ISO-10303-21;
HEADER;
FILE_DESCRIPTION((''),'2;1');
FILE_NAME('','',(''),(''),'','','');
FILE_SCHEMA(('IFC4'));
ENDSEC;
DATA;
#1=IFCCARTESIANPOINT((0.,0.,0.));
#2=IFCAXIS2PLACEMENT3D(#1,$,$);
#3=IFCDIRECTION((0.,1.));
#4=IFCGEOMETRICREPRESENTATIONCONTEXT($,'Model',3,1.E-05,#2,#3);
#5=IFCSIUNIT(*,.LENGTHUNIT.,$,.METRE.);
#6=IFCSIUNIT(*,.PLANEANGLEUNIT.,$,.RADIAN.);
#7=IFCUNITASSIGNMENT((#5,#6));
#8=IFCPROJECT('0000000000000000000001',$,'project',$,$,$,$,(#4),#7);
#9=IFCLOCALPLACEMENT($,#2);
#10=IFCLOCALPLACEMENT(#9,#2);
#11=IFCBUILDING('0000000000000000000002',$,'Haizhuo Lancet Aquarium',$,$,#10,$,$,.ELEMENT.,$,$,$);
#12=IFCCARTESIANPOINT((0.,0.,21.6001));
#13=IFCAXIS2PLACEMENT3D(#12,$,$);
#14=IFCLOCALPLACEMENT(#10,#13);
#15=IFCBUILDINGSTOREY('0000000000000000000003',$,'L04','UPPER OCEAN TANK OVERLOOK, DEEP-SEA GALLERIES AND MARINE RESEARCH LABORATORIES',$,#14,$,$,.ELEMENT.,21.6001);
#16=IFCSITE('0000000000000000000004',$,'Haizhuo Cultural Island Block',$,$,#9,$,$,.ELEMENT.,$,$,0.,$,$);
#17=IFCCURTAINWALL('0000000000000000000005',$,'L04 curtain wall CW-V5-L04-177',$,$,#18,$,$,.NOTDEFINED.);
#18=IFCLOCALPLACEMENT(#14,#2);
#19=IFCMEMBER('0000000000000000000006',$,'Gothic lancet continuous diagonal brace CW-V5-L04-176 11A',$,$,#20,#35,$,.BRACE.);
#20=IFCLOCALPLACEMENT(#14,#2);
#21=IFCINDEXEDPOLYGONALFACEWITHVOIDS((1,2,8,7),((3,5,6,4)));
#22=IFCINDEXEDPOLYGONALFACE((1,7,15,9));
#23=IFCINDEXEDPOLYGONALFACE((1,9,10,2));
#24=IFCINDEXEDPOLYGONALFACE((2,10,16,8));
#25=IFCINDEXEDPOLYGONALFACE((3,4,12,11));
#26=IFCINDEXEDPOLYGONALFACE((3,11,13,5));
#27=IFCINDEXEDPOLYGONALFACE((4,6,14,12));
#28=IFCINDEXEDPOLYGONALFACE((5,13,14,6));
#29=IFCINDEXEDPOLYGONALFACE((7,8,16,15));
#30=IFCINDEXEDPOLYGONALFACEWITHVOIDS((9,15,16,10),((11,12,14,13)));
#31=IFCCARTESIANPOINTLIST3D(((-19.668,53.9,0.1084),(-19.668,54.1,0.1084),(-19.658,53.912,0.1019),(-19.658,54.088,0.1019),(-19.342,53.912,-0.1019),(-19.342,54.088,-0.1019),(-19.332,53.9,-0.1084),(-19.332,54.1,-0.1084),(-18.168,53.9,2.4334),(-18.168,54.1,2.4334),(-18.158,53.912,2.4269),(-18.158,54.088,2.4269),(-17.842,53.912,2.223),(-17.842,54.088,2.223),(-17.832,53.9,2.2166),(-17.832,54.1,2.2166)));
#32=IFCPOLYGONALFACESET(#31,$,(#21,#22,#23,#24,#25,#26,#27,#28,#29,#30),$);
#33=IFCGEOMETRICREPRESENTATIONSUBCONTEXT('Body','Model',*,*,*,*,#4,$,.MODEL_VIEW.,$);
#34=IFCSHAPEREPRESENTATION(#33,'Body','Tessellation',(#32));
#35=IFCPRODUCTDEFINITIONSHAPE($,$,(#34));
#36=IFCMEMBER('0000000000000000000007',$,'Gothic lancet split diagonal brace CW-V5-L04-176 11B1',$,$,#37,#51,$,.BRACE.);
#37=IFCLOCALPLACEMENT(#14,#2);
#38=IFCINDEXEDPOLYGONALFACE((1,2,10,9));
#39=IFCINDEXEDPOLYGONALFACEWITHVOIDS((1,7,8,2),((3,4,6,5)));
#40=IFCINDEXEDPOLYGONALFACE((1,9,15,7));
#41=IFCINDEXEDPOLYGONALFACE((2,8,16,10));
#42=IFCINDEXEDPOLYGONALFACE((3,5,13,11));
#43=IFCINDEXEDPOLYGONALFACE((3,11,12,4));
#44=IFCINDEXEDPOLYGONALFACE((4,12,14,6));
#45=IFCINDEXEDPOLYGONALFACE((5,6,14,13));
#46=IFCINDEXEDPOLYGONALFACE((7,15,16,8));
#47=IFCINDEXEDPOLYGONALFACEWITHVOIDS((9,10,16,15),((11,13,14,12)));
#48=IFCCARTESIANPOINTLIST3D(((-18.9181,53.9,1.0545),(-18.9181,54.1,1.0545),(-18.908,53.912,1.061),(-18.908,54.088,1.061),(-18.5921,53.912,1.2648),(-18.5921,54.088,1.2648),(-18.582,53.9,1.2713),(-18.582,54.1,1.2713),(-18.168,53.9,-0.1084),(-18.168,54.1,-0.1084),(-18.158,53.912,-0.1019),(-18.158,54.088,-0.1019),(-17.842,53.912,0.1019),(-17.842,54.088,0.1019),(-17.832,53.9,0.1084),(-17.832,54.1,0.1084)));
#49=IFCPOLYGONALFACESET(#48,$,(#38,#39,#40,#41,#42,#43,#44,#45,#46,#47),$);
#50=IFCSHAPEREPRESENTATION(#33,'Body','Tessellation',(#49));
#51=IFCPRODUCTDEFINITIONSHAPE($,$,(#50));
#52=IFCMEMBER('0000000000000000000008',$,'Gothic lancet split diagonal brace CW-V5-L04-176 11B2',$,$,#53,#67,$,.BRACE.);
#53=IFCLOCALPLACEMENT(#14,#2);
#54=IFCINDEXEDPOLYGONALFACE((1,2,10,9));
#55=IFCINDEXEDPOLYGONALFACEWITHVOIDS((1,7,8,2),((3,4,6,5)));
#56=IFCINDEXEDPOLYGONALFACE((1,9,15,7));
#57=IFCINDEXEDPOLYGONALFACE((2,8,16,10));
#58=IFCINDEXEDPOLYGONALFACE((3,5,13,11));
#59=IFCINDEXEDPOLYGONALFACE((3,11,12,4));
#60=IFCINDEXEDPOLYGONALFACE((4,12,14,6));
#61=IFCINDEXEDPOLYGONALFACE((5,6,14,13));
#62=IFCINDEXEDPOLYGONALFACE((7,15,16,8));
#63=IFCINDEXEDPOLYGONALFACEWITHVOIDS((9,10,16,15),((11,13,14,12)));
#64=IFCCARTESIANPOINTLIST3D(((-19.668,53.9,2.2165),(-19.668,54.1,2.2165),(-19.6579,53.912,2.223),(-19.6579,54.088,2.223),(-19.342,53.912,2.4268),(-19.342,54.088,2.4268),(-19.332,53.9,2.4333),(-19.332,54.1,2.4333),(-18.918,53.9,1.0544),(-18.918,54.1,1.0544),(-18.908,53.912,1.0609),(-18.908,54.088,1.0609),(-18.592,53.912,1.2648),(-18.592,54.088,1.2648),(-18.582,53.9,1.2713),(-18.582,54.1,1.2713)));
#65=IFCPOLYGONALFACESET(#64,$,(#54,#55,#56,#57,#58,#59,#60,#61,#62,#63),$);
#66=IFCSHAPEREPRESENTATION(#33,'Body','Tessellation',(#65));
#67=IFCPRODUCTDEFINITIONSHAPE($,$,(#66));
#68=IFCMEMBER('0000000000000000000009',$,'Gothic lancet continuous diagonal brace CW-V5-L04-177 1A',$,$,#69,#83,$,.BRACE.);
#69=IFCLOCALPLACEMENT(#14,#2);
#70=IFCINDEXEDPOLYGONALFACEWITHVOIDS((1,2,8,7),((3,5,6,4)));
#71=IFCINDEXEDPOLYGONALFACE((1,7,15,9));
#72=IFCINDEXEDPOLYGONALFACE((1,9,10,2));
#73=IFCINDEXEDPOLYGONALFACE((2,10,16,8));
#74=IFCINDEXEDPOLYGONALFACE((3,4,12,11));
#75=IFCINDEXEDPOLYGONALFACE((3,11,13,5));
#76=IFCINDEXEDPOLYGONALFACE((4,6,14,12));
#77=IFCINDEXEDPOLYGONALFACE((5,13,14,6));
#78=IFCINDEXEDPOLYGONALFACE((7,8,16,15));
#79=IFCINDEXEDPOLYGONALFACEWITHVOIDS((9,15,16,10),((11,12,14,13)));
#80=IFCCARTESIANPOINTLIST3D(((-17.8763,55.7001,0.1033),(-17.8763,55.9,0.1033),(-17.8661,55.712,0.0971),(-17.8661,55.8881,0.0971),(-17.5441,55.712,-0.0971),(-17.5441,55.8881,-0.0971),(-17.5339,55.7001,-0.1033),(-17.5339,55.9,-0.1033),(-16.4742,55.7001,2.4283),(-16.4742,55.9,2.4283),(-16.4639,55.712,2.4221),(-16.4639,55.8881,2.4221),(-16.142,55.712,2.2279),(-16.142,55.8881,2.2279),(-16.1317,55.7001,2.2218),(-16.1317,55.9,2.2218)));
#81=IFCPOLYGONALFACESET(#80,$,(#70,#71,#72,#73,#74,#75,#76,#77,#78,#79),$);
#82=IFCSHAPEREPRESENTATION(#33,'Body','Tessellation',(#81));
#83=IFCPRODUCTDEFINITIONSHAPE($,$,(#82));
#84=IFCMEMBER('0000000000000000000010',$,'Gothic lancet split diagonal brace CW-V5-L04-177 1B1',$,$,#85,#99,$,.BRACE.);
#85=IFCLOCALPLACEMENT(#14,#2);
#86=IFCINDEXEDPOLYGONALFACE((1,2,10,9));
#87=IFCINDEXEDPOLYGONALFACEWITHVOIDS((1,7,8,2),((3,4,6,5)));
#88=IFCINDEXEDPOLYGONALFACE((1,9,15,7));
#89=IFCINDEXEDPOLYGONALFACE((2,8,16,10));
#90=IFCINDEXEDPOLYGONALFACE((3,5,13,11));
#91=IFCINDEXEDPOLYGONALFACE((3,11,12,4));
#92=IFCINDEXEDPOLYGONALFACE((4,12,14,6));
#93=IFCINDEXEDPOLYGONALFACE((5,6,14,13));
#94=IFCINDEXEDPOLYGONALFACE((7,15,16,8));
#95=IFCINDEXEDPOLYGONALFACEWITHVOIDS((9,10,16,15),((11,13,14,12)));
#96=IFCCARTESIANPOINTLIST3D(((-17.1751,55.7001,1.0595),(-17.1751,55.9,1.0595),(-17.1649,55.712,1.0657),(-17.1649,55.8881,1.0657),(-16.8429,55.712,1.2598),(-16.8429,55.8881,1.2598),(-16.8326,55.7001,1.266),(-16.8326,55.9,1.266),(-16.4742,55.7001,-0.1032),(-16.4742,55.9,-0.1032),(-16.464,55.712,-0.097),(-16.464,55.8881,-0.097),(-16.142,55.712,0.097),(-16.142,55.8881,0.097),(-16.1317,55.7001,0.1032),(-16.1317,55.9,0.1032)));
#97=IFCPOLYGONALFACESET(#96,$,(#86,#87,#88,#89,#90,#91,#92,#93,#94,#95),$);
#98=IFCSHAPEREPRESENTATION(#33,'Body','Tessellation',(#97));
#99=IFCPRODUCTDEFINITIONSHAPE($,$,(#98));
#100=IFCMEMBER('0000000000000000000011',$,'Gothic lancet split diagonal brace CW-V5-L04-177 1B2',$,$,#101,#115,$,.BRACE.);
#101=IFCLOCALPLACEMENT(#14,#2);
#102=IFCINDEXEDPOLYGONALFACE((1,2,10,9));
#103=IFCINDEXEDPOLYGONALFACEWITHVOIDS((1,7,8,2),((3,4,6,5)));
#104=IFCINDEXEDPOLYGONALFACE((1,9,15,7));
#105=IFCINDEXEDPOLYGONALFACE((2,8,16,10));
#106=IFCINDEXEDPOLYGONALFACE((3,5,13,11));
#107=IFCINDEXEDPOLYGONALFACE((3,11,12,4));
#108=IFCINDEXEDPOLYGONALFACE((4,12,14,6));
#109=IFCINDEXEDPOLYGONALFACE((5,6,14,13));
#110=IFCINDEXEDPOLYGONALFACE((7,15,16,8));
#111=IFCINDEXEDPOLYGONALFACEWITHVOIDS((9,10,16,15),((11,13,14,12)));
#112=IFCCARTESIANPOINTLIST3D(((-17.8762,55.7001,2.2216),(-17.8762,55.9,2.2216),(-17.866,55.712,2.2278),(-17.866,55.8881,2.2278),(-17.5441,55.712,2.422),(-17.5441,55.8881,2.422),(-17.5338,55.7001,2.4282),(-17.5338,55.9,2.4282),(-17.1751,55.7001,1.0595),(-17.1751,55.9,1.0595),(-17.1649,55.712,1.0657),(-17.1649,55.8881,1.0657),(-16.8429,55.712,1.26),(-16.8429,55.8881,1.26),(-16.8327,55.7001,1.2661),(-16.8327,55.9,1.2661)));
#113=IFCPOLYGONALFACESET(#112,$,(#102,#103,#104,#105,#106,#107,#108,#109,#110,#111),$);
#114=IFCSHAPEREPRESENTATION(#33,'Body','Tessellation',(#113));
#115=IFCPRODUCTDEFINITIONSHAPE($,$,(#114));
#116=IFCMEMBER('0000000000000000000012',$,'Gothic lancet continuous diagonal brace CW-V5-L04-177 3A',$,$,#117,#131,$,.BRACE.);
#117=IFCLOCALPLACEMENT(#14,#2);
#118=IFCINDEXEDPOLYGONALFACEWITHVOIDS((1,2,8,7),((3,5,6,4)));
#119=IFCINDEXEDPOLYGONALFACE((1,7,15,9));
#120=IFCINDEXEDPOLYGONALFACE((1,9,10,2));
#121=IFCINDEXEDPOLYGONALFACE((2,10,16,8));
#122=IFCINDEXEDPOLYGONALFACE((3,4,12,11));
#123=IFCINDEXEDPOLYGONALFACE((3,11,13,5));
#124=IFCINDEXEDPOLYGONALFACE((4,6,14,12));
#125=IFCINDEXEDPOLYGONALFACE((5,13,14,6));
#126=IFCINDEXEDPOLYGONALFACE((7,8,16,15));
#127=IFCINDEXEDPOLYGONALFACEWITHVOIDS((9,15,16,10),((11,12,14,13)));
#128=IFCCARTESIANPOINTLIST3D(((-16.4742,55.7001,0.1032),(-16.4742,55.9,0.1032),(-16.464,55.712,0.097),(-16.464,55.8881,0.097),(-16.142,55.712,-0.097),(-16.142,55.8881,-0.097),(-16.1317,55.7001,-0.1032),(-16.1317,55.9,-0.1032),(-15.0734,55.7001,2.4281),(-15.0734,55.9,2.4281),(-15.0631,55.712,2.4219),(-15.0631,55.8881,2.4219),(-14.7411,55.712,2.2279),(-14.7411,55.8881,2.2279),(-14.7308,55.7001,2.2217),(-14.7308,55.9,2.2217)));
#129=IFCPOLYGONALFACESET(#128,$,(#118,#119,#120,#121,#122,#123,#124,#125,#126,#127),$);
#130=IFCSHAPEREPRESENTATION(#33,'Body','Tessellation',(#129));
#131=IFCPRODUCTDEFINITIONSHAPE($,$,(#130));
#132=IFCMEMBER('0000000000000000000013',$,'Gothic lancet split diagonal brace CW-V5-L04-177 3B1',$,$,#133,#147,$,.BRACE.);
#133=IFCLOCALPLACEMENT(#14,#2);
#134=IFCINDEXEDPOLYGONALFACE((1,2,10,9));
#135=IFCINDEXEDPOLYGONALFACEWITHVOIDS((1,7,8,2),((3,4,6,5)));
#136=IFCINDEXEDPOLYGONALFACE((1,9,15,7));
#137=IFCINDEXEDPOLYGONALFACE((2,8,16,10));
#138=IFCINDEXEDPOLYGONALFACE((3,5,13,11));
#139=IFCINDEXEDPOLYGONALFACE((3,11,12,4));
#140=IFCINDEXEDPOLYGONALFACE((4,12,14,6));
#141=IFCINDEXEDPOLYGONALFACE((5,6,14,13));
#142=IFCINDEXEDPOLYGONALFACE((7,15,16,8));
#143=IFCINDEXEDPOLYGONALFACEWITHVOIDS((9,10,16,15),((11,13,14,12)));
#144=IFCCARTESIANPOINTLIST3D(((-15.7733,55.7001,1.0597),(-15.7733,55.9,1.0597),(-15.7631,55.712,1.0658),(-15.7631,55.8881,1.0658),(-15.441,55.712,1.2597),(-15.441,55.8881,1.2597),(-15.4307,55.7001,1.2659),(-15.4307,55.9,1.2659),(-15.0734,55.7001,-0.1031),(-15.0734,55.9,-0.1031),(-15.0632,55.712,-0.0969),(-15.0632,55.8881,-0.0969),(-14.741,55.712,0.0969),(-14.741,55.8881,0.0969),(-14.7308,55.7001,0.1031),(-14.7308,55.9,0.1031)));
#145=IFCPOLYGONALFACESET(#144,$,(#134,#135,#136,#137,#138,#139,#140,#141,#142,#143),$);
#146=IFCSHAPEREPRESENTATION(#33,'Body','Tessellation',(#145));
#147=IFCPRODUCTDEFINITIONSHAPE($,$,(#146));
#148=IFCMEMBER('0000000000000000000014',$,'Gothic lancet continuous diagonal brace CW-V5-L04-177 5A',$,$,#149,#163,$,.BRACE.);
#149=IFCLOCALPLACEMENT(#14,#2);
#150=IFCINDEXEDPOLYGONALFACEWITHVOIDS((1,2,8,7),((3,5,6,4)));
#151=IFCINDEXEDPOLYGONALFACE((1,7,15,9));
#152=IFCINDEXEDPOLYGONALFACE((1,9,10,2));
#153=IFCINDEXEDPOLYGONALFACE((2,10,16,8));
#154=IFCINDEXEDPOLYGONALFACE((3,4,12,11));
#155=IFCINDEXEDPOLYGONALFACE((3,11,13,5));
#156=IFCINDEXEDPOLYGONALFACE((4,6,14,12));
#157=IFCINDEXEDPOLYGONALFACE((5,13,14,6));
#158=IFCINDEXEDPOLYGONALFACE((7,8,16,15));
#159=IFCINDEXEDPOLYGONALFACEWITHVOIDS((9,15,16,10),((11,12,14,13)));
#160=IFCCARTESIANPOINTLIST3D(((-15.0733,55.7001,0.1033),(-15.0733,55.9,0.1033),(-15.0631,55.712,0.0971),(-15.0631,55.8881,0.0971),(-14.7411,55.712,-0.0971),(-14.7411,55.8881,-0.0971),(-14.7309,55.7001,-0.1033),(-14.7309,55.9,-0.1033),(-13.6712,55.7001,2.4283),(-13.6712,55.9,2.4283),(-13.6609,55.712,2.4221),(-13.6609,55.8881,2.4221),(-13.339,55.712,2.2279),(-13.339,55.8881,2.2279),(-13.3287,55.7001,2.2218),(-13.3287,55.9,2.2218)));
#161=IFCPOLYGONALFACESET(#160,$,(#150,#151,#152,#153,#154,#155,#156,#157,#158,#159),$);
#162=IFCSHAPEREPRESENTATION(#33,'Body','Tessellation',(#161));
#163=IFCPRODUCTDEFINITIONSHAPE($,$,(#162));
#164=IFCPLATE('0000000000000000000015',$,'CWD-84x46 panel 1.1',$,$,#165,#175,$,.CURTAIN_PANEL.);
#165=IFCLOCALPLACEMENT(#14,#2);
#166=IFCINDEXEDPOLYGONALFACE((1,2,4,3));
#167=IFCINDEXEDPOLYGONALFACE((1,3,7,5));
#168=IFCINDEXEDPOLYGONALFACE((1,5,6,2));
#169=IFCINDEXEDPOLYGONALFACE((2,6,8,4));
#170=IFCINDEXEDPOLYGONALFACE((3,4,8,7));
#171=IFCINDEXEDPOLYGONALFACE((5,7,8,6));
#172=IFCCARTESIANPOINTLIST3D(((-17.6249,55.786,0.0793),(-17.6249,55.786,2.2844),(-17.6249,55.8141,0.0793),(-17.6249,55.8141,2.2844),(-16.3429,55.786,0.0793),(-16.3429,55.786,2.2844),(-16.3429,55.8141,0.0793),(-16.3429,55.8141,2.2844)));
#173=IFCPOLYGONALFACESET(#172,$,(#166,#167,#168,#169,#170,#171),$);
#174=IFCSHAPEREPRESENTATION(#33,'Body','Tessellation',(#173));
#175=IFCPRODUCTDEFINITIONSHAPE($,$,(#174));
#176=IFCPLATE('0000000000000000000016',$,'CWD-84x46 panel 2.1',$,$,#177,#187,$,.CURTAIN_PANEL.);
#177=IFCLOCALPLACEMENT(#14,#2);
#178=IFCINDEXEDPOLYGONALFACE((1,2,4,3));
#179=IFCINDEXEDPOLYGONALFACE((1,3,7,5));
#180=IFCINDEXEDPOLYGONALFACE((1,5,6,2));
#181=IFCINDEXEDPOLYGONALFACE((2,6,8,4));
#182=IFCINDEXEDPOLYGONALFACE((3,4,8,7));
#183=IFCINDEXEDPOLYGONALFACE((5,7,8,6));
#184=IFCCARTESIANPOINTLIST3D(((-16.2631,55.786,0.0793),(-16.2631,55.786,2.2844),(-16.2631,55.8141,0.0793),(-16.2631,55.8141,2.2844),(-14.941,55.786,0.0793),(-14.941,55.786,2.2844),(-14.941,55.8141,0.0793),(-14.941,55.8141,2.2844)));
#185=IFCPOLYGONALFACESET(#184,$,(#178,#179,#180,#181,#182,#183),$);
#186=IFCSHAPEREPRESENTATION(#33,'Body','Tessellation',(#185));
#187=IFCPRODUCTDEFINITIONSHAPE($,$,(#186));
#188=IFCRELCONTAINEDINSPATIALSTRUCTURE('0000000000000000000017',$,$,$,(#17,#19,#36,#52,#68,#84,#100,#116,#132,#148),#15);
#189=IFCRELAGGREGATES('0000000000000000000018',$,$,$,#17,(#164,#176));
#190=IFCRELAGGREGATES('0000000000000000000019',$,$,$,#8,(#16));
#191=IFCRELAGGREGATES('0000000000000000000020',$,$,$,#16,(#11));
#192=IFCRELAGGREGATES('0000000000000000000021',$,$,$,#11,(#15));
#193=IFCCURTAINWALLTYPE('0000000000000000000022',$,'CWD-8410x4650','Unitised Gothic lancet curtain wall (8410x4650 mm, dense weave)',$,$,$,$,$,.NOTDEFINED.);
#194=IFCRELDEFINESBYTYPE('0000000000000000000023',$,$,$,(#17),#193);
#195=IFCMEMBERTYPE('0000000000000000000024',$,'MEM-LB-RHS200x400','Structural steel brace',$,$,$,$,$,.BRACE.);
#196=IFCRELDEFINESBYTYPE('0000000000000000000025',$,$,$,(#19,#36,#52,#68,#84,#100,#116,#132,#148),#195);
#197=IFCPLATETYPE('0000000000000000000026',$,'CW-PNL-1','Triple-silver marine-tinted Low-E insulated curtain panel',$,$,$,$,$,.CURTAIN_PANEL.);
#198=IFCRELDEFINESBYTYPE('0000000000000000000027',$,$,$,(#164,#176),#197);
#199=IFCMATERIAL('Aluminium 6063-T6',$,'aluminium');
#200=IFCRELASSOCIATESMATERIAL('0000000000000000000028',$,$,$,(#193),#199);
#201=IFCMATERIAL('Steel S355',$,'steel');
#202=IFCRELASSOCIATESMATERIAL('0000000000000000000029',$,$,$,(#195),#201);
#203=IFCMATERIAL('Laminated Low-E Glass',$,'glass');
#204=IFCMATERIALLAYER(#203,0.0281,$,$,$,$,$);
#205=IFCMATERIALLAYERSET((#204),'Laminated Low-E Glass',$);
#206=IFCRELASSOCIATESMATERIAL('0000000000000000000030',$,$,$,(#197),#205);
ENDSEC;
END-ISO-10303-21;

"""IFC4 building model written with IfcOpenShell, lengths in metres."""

from ifc_helpers import new_model, si_unit, direction, frame, origin, origin_2d, place, context, subcontext, project, spatial, rectangle, hollow_rectangle, extrude, material, layer, layer_set, material_profile, profile_set, type_object, element, aggregate, save


model = new_model("IFC4")

# Units and contexts
model_context = context("Model", 3, precision=1e-05, world=origin(), true_north=direction((0.0, 1.0)))
body_context = subcontext(model_context, "Body", "Model", "MODEL_VIEW")
ifc_project = project(units=[si_unit("LENGTHUNIT", "METRE"), si_unit("PLANEANGLEUNIT", "RADIAN")], contexts=[model_context])

# Site, building, storey
site_placement = place(None, origin())
site = spatial("IfcSite", under=ifc_project, at=site_placement, Name="Haizhuo Cultural Island Block", CompositionType="ELEMENT", RefElevation=0.0)
building_placement = place(site_placement, origin())
building = spatial("IfcBuilding", under=site, at=building_placement, Name="Haizhuo Lancet Aquarium", CompositionType="ELEMENT")
storey_placement = place(building_placement, frame((0.0, 0.0, 21.6001)))
storey = spatial("IfcBuildingStorey", under=building, at=storey_placement, Name="L04", Description="UPPER OCEAN TANK OVERLOOK, DEEP-SEA GALLERIES AND MARINE RESEARCH LABORATORIES", CompositionType="ELEMENT", Elevation=21.6001)

# Shared definitions
ifc_material_1 = material(Name="Aluminium 6063-T6", Category="aluminium")

# Curtain wall
curtain_wall_type_1 = type_object("IfcCurtainWallType", Name="CWD-8410x4650", Description="Unitised Gothic lancet curtain wall (8410x4650 mm, dense weave)", PredefinedType="NOTDEFINED", material=ifc_material_1)
curtain_wall_1_placement = place(storey_placement, origin())
curtain_wall_1 = element("IfcCurtainWall", 1, at=curtain_wall_1_placement, inside=storey, type_object=curtain_wall_type_1, Name="L04 curtain wall CW-V5-L04-177", PredefinedType="NOTDEFINED")

# Members
ifc_material_2 = material(Name="Steel S355", Category="steel")
ifc_material_profile_1 = material_profile(ifc_material_2, hollow_rectangle(XDim=0.2, YDim=0.3999, WallThickness=0.012, at=origin_2d()), Name="RHS 200x400x12")
ifc_profile_set_1 = profile_set([ifc_material_profile_1], Name="Steel S355")
member_type_1 = type_object("IfcMemberType", Name="MEM-LB-RHS200x400", Description="Structural steel brace", PredefinedType="BRACE", material=ifc_profile_set_1)
member_1_placement = place(storey_placement, frame((-19.5, 54.0, 0.0), z_axis=(0.542135, 0.0, 0.840291), x_axis=(0.0, 1.0, 0.0)))
element("IfcMember", 2, at=member_1_placement, inside=storey, type_object=member_type_1, Name="Gothic lancet continuous diagonal brace CW-V5-L04-176 11A", PredefinedType="BRACE", context=body_context, shape_type="SweptSolid", body=[
    extrude(hollow_rectangle(XDim=0.2, YDim=0.3999, WallThickness=0.012, at=origin_2d()), origin(), (0.0, 0.0, 1.0), 2.7668),
])
member_2_placement = place(storey_placement, frame((-18.0, 54.0, 0.0), z_axis=(-0.542014, 0.0, 0.840369), x_axis=(0.0, -1.0, 0.0)))
element("IfcMember", 3, at=member_2_placement, inside=storey, type_object=member_type_1, Name="Gothic lancet split diagonal brace CW-V5-L04-176 11B1", PredefinedType="BRACE", context=body_context, shape_type="SweptSolid", body=[
    extrude(hollow_rectangle(XDim=0.2, YDim=0.3999, WallThickness=0.012, at=origin_2d()), origin(), (0.0, 0.0, 1.0), 1.3838),
])
member_3_placement = place(storey_placement, frame((-18.75, 54.0, 1.1628), z_axis=(-0.542256, 0.0, 0.840214), x_axis=(0.0, -1.0, 0.0)))
element("IfcMember", 4, at=member_3_placement, inside=storey, type_object=member_type_1, Name="Gothic lancet split diagonal brace CW-V5-L04-176 11B2", PredefinedType="BRACE", context=body_context, shape_type="SweptSolid", body=[
    extrude(hollow_rectangle(XDim=0.2, YDim=0.3999, WallThickness=0.012, at=origin_2d()), origin(), (0.0, 0.0, 1.0), 1.3831),
])
member_4_placement = place(storey_placement, frame((-17.7051, 55.8, 0.0), z_axis=(0.516425, 0.0, 0.856332), x_axis=(0.0, 1.0, 0.0)))
element("IfcMember", 5, at=member_4_placement, inside=storey, type_object=member_type_1, Name="Gothic lancet continuous diagonal brace CW-V5-L04-177 1A", PredefinedType="BRACE", context=body_context, shape_type="SweptSolid", body=[
    extrude(hollow_rectangle(XDim=0.2, YDim=0.3999, WallThickness=0.012, at=origin_2d()), origin(), (0.0, 0.0, 1.0), 2.7151),
])
member_5_placement = place(storey_placement, frame((-16.303, 55.8, 0.0), z_axis=(-0.51624, 0.0, 0.856444), x_axis=(0.0, -1.0, 0.0)))
element("IfcMember", 6, at=member_5_placement, inside=storey, type_object=member_type_1, Name="Gothic lancet split diagonal brace CW-V5-L04-177 1B1", PredefinedType="BRACE", context=body_context, shape_type="SweptSolid", body=[
    extrude(hollow_rectangle(XDim=0.2, YDim=0.3999, WallThickness=0.012, at=origin_2d()), origin(), (0.0, 0.0, 1.0), 1.3577),
])
member_6_placement = place(storey_placement, frame((-17.0039, 55.8, 1.1628), z_axis=(-0.51661, 0.0, 0.856221), x_axis=(0.0, -1.0, 0.0)))
element("IfcMember", 7, at=member_6_placement, inside=storey, type_object=member_type_1, Name="Gothic lancet split diagonal brace CW-V5-L04-177 1B2", PredefinedType="BRACE", context=body_context, shape_type="SweptSolid", body=[
    extrude(hollow_rectangle(XDim=0.2, YDim=0.3999, WallThickness=0.012, at=origin_2d()), origin(), (0.0, 0.0, 1.0), 1.3572),
])
member_7_placement = place(storey_placement, frame((-16.303, 55.8, 0.0), z_axis=(0.516095, 0.0, 0.856531), x_axis=(0.0, 1.0, 0.0)))
element("IfcMember", 8, at=member_7_placement, inside=storey, type_object=member_type_1, Name="Gothic lancet continuous diagonal brace CW-V5-L04-177 3A", PredefinedType="BRACE", context=body_context, shape_type="SweptSolid", body=[
    extrude(hollow_rectangle(XDim=0.2, YDim=0.3999, WallThickness=0.012, at=origin_2d()), origin(), (0.0, 0.0, 1.0), 2.7144),
])
member_8_placement = place(storey_placement, frame((-14.9021, 55.8, 0.0), z_axis=(-0.515712, 0.0, 0.856762), x_axis=(0.0, -1.0, 0.0)))
element("IfcMember", 9, at=member_8_placement, inside=storey, type_object=member_type_1, Name="Gothic lancet split diagonal brace CW-V5-L04-177 3B1", PredefinedType="BRACE", context=body_context, shape_type="SweptSolid", body=[
    extrude(hollow_rectangle(XDim=0.2, YDim=0.3999, WallThickness=0.012, at=origin_2d()), origin(), (0.0, 0.0, 1.0), 1.3572),
])
member_9_placement = place(storey_placement, frame((-14.9021, 55.8, 0.0), z_axis=(0.516425, 0.0, 0.856332), x_axis=(0.0, 1.0, 0.0)))
element("IfcMember", 10, at=member_9_placement, inside=storey, type_object=member_type_1, Name="Gothic lancet continuous diagonal brace CW-V5-L04-177 5A", PredefinedType="BRACE", context=body_context, shape_type="SweptSolid", body=[
    extrude(hollow_rectangle(XDim=0.2, YDim=0.3999, WallThickness=0.012, at=origin_2d()), origin(), (0.0, 0.0, 1.0), 2.7151),
])

# Plates
ifc_material_3 = material(Name="Laminated Low-E Glass", Category="glass")
ifc_layer_1 = layer(ifc_material_3, 0.0281)
ifc_layer_set_1 = layer_set([ifc_layer_1], Name="Laminated Low-E Glass")
plate_type_1 = type_object("IfcPlateType", Name="CW-PNL-1", Description="Triple-silver marine-tinted Low-E insulated curtain panel", PredefinedType="CURTAIN_PANEL", material=ifc_layer_set_1)
plate_1_placement = place(storey_placement, frame((-16.9839, 55.8, 0.0793), z_axis=(0.0, 0.0, 1.0), x_axis=(1.0, 0.0, 0.0)))
plate_1 = element("IfcPlate", 11, at=plate_1_placement, type_object=plate_type_1, Name="CWD-84x46 panel 1.1", PredefinedType="CURTAIN_PANEL", context=body_context, shape_type="SweptSolid", body=[
    extrude(rectangle(XDim=1.282, YDim=0.0281, at=origin_2d()), origin(), (0.0, 0.0, 1.0), 2.2051),
])
plate_2_placement = place(storey_placement, frame((-15.6021, 55.8, 0.0793), z_axis=(0.0, 0.0, 1.0), x_axis=(1.0, 0.0, 0.0)))
plate_2 = element("IfcPlate", 12, at=plate_2_placement, type_object=plate_type_1, Name="CWD-84x46 panel 2.1", PredefinedType="CURTAIN_PANEL", context=body_context, shape_type="SweptSolid", body=[
    extrude(rectangle(XDim=1.322, YDim=0.0281, at=origin_2d()), origin(), (0.0, 0.0, 1.0), 2.2051),
])
aggregate(curtain_wall_1, [plate_1, plate_2])

save(model, "model.ifc")
